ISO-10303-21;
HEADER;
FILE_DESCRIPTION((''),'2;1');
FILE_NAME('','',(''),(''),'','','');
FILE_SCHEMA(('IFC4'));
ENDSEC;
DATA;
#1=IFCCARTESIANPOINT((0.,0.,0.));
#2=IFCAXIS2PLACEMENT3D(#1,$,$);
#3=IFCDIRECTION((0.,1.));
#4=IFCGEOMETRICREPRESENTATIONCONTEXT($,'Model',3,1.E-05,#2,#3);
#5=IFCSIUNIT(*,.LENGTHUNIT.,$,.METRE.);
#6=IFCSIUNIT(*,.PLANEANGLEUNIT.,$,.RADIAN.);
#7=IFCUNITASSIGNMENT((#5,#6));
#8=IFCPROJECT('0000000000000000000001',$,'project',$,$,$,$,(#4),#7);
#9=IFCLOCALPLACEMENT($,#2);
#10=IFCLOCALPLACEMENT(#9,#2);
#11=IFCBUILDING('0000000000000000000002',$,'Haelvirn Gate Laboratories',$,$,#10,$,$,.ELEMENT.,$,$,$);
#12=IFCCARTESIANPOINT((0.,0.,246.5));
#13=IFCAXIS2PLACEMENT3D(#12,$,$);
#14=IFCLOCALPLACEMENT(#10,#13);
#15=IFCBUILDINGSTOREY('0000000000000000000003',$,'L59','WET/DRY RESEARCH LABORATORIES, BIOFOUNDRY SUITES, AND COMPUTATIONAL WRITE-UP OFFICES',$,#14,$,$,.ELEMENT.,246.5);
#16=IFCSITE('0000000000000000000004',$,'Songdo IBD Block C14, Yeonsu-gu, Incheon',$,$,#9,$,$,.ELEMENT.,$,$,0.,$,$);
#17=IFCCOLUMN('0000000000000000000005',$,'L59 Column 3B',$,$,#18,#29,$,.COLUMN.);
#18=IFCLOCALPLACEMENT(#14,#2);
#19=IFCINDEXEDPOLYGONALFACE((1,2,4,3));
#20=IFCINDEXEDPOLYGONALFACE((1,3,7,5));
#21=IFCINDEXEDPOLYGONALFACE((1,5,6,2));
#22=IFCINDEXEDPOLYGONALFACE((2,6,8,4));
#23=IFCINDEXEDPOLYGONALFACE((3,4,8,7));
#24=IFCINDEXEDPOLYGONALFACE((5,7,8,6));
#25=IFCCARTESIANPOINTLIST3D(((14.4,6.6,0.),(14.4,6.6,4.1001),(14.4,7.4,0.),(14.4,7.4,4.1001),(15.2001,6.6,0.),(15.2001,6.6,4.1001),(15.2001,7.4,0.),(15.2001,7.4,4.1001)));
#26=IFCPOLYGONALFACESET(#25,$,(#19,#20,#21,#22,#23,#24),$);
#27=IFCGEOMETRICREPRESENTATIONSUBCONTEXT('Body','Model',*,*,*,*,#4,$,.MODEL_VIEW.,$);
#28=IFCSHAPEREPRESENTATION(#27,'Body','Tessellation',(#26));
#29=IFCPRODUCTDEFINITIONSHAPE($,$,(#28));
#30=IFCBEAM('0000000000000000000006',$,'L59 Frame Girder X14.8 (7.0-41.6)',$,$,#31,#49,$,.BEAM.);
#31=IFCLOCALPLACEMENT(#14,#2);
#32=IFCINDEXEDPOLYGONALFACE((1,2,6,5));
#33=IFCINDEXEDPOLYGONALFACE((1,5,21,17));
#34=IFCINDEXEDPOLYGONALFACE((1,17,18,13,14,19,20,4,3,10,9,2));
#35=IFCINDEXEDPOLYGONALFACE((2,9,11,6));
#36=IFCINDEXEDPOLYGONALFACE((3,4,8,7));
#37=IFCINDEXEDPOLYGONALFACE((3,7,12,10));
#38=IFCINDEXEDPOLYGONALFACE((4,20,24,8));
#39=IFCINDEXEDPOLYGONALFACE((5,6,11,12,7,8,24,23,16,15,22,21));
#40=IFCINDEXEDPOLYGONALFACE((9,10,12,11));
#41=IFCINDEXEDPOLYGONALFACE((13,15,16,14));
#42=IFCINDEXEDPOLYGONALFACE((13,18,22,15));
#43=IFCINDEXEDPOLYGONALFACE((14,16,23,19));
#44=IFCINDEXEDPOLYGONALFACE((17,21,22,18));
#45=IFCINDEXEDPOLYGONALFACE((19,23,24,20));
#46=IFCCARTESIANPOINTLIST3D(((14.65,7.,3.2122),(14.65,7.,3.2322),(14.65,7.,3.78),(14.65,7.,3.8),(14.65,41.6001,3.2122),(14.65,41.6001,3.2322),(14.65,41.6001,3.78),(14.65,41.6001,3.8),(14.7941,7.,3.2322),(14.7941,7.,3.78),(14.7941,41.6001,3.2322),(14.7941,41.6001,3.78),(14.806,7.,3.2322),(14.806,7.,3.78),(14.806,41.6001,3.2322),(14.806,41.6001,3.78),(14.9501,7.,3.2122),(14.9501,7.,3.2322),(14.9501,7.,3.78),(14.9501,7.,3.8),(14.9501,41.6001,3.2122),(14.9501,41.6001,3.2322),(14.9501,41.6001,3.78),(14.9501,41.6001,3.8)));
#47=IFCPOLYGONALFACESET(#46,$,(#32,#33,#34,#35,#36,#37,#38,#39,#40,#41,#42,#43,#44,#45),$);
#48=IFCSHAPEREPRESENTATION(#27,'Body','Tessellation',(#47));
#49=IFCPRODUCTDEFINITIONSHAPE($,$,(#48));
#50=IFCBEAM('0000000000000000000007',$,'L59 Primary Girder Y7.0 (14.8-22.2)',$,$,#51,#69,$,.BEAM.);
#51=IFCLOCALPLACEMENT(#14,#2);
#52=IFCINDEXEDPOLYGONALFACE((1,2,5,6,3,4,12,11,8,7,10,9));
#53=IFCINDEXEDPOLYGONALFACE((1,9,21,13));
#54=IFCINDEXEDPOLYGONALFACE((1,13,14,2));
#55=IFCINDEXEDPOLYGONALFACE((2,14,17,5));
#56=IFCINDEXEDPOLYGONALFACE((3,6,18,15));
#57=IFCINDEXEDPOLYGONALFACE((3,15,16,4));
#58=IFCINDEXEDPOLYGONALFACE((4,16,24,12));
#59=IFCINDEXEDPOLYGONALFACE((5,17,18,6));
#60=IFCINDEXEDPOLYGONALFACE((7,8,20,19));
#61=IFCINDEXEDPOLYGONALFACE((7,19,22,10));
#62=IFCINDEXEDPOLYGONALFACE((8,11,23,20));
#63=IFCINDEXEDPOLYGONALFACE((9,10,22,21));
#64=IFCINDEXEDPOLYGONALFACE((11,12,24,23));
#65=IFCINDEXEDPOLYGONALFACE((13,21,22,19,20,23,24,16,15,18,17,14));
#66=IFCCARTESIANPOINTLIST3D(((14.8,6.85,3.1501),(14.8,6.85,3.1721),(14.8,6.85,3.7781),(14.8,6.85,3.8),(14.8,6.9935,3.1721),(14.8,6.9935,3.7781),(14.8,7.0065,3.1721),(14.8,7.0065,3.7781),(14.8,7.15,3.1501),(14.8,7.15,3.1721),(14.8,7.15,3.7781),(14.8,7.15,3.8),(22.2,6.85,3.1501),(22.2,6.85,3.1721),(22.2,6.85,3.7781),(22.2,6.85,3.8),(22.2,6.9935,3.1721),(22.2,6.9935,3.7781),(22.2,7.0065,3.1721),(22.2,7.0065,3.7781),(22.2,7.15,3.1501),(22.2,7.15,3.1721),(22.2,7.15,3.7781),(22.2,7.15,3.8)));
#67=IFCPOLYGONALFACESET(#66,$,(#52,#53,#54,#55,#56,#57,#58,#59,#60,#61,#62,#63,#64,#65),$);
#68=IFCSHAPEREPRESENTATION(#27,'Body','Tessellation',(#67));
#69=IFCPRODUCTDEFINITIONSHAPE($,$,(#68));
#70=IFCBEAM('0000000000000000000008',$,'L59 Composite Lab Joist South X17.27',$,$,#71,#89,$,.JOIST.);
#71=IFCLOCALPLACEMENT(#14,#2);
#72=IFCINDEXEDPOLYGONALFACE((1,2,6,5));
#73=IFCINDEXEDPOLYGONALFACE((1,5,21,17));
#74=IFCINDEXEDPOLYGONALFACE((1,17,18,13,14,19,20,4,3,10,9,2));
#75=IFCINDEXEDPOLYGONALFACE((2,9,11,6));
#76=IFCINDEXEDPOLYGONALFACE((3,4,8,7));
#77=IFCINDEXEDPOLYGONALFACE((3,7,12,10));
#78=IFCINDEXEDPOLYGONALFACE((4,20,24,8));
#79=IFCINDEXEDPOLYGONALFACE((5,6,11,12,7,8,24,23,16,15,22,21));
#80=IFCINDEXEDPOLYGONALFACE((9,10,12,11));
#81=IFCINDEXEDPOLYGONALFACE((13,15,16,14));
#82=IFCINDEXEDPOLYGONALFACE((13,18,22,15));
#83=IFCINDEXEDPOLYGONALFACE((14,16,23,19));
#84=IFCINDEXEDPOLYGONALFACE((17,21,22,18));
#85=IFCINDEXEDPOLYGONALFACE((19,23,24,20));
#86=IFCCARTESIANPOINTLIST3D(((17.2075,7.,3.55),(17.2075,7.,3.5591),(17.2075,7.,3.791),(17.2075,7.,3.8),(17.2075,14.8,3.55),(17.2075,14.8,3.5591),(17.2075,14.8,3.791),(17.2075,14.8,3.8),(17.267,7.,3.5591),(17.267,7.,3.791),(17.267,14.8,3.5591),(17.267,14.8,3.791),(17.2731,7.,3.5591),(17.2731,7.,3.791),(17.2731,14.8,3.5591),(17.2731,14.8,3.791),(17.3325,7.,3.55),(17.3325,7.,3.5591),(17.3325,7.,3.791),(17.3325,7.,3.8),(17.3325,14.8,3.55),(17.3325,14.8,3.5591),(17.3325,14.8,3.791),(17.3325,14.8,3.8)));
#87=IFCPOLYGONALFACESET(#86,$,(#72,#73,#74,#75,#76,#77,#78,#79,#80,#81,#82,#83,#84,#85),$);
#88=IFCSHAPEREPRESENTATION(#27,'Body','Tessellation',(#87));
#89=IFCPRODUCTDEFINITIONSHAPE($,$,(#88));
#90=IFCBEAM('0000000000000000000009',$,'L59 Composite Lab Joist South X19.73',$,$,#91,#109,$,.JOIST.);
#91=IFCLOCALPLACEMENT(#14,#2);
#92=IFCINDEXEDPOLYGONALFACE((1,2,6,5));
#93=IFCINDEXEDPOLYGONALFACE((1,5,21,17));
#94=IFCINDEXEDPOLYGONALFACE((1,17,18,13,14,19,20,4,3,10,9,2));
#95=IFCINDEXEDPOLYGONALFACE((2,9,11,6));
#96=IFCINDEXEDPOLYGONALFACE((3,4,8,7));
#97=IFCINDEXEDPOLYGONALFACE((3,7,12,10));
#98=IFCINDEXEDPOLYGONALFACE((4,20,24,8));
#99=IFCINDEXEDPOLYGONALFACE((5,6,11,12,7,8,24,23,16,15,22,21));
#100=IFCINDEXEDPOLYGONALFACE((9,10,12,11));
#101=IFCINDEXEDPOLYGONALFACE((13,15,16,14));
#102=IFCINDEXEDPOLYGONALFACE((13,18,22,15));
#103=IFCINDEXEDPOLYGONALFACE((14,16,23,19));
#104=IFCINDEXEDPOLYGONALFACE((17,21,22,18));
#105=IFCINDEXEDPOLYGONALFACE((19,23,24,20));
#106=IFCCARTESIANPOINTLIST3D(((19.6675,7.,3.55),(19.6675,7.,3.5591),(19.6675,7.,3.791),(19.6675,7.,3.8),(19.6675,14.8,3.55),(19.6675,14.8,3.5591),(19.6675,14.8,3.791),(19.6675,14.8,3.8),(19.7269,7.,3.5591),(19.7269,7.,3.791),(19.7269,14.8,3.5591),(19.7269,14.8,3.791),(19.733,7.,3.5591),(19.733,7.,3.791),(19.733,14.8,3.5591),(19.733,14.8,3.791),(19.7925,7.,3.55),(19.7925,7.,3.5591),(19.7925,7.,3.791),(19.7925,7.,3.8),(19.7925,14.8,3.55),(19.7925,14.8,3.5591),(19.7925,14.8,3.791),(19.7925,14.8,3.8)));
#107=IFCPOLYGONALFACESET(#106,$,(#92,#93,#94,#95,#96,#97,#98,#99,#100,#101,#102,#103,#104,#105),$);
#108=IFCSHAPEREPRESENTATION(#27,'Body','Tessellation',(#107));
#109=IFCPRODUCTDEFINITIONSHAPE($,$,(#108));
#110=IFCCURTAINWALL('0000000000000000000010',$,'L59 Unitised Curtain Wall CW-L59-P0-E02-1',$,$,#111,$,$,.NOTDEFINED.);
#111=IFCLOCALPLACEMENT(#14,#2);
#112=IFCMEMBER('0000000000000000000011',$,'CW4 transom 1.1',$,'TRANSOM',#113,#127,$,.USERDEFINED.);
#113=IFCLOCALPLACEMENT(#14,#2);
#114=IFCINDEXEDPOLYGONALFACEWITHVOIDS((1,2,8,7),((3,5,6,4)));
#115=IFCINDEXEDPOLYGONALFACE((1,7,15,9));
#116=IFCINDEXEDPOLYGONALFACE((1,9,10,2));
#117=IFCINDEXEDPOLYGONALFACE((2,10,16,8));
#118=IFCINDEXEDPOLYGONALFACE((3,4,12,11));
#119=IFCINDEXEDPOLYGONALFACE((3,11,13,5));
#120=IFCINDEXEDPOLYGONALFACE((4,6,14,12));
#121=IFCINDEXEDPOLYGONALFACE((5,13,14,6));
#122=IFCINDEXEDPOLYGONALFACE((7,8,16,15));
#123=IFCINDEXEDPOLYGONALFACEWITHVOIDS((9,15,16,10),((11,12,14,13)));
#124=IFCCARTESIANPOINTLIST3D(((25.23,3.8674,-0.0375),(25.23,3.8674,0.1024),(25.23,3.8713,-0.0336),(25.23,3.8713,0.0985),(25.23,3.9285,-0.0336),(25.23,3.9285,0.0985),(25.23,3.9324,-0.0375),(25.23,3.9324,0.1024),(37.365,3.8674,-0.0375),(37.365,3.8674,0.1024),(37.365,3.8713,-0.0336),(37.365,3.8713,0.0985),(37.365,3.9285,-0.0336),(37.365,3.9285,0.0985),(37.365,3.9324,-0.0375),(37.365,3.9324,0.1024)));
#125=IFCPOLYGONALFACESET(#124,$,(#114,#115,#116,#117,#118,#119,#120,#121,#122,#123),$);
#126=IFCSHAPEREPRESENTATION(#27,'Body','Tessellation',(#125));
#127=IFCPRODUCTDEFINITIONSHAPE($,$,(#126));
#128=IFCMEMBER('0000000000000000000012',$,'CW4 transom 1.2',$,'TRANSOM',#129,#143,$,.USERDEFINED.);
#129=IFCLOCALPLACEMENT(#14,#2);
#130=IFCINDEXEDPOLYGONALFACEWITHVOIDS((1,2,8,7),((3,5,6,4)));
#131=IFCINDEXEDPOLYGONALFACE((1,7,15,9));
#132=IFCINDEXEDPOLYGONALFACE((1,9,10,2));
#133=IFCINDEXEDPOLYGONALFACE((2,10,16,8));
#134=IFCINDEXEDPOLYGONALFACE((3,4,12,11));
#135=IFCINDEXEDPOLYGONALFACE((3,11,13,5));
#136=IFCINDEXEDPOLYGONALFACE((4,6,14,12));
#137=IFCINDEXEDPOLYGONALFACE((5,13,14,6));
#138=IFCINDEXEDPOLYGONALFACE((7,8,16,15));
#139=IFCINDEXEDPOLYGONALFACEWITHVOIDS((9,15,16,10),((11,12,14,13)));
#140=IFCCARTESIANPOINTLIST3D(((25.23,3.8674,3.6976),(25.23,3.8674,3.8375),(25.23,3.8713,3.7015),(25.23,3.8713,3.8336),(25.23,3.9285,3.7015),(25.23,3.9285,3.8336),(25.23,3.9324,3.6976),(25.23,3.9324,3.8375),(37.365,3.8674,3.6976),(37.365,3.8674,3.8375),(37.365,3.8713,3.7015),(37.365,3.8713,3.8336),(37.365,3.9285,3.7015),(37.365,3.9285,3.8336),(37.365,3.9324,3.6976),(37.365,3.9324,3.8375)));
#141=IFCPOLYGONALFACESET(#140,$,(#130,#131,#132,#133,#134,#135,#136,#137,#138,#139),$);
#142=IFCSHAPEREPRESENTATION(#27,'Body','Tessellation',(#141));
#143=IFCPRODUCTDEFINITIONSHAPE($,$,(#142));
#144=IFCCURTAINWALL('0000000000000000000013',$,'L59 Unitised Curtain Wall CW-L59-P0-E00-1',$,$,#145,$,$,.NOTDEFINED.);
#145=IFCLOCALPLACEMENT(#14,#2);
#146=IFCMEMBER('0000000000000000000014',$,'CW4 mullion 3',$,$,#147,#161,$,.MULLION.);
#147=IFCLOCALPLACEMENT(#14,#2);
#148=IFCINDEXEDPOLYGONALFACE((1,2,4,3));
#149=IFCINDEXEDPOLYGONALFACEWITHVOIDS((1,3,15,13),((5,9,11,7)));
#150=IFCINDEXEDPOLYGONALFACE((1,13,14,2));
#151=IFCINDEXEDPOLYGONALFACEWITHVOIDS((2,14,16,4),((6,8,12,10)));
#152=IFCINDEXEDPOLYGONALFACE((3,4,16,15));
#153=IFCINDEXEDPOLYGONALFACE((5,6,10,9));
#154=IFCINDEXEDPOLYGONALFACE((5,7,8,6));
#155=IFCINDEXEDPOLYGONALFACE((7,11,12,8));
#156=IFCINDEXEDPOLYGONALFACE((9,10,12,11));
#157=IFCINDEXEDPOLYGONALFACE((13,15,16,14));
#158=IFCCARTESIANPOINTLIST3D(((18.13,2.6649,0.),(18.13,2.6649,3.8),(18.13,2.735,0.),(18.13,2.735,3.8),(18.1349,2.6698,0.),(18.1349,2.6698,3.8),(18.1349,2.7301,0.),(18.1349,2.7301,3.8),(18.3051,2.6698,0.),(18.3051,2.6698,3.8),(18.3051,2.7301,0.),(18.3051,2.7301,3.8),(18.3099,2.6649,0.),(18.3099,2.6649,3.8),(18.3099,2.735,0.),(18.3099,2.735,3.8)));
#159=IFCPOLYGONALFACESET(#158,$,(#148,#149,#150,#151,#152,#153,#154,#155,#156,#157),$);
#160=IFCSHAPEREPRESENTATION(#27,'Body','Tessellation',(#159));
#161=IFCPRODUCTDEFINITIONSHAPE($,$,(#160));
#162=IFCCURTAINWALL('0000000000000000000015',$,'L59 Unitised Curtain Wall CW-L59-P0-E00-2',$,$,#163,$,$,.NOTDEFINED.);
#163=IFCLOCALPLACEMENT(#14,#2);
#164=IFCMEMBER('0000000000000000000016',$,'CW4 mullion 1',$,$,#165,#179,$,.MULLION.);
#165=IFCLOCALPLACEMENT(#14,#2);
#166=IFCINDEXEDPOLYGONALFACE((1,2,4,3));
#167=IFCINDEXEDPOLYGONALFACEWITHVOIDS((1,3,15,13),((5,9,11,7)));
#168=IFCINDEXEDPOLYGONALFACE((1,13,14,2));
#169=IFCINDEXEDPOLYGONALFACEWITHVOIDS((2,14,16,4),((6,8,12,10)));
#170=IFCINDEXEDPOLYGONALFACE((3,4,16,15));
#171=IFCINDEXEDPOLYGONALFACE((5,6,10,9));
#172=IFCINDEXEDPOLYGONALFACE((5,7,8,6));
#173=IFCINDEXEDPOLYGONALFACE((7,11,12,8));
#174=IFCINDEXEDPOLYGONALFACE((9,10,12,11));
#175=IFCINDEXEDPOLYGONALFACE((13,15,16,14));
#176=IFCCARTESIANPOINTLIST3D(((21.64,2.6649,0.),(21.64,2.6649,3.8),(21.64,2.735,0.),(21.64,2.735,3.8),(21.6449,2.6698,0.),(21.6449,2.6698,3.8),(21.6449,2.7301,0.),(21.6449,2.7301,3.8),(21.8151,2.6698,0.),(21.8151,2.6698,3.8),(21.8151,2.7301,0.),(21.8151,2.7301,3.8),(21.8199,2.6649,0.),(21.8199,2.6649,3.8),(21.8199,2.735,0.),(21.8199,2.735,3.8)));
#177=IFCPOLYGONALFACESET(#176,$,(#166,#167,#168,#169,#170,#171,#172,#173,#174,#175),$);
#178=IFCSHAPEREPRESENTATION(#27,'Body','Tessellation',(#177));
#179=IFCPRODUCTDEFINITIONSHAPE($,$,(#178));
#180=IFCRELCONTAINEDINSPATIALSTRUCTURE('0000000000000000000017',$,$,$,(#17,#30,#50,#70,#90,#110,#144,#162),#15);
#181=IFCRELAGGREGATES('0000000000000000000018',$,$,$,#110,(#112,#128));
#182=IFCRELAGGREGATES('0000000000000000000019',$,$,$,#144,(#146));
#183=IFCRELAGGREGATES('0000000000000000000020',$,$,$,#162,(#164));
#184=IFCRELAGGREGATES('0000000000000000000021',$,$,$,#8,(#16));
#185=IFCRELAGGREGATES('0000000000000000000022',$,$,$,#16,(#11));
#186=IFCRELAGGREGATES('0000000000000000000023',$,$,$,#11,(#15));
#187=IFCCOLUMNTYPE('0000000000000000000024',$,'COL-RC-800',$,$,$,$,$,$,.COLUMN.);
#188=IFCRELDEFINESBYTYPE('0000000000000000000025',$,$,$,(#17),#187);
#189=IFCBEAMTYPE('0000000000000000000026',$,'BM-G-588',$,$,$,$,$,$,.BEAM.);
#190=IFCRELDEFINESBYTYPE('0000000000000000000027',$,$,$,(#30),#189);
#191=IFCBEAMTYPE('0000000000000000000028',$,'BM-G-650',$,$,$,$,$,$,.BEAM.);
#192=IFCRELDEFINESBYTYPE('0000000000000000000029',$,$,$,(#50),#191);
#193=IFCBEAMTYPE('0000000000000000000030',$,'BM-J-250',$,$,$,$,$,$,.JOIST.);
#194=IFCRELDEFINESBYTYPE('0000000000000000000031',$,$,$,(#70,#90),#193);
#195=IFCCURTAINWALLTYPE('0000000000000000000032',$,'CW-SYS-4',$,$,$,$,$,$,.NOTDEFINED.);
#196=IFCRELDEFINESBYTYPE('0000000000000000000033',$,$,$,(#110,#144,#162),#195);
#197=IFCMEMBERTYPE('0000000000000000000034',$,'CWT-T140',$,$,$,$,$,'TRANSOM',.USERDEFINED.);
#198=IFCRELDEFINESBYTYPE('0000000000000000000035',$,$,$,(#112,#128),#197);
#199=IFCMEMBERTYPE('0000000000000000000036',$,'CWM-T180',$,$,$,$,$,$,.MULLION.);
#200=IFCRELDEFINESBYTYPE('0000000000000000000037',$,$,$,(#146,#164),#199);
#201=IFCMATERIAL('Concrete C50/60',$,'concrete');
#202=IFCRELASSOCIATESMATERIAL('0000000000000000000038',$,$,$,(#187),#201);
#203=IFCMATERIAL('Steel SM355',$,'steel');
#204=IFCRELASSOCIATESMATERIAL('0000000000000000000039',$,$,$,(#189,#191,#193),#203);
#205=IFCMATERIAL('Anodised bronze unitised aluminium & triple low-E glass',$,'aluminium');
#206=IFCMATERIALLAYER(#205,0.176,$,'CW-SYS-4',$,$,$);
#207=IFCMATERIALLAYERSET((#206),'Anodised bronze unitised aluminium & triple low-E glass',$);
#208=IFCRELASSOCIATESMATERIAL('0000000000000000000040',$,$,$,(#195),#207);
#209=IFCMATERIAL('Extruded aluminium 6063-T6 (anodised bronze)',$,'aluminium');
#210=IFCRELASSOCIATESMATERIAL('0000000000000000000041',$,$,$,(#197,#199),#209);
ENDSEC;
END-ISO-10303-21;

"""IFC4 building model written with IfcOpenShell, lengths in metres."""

from ifc_helpers import new_model, si_unit, direction, frame, origin, origin_2d, place, context, subcontext, project, spatial, rectangle, hollow_rectangle, i_section, extrude, source, transform, mapped, material, layer, layer_set, material_profile, profile_set, type_object, type_shapes, element, aggregate, save


model = new_model("IFC4")

# Units and contexts
model_context = context("Model", 3, precision=1e-05, world=origin(), true_north=direction((0.0, 1.0)))
body_context = subcontext(model_context, "Body", "Model", "MODEL_VIEW")
ifc_project = project(units=[si_unit("LENGTHUNIT", "METRE"), si_unit("PLANEANGLEUNIT", "RADIAN")], contexts=[model_context])

# Site, building, storey
site_placement = place(None, origin())
site = spatial("IfcSite", under=ifc_project, at=site_placement, Name="Songdo IBD Block C14, Yeonsu-gu, Incheon", CompositionType="ELEMENT", RefElevation=0.0)
building_placement = place(site_placement, origin())
building = spatial("IfcBuilding", under=site, at=building_placement, Name="Haelvirn Gate Laboratories", CompositionType="ELEMENT")
storey_placement = place(building_placement, frame((0.0, 0.0, 246.5)))
storey = spatial("IfcBuildingStorey", under=building, at=storey_placement, Name="L59", Description="WET/DRY RESEARCH LABORATORIES, BIOFOUNDRY SUITES, AND COMPUTATIONAL WRITE-UP OFFICES", CompositionType="ELEMENT", Elevation=246.5)

# Column
ifc_material_1 = material(Name="Concrete C50/60", Category="concrete")
ifc_material_profile_1 = material_profile(ifc_material_1, rectangle(XDim=0.8, YDim=0.8, at=origin_2d()), Name="RC-800x800")
ifc_profile_set_1 = profile_set([ifc_material_profile_1], Name="Concrete C50/60")
column_type = type_object("IfcColumnType", Name="COL-RC-800", PredefinedType="COLUMN", material=ifc_profile_set_1)
shared_shape_1 = source(origin(), body_context, "Body", "SweptSolid", [
    extrude(rectangle(XDim=0.8, YDim=0.8, at=origin_2d()), origin(), (0.0, 0.0, 1.0), 4.1001),
])
type_shapes(column_type, [shared_shape_1])
column_placement = place(storey_placement, frame((14.8, 7.0, 0.0), z_axis=(0.0, 0.0, 1.0), x_axis=(1.0, 0.0, 0.0)))
element("IfcColumn", 1, at=column_placement, inside=storey, type_object=column_type, Name="L59 Column 3B", PredefinedType="COLUMN", context=body_context, shape_type="MappedRepresentation", body=[
    mapped(shared_shape_1, transform((0.0, 0.0, 0.0), scale=1.0)),
])

# Beams
ifc_material_2 = material(Name="Steel SM355", Category="steel")
ifc_material_profile_2 = material_profile(ifc_material_2, i_section(OverallWidth=0.3, OverallDepth=0.5879, WebThickness=0.012, FlangeThickness=0.02, at=origin_2d()), Name="H-588x300x12x20")
ifc_profile_set_2 = profile_set([ifc_material_profile_2], Name="Steel SM355")
beam_type_1 = type_object("IfcBeamType", Name="BM-G-588", PredefinedType="BEAM", material=ifc_profile_set_2)
shared_shape_2 = source(origin(), body_context, "Body", "SweptSolid", [
    extrude(i_section(OverallWidth=0.3, OverallDepth=0.5879, WebThickness=0.012, FlangeThickness=0.02, at=origin_2d()), origin(), (0.0, 0.0, 1.0), 34.6001),
])
type_shapes(beam_type_1, [shared_shape_2])
beam_1_placement = place(storey_placement, frame((14.8, 7.0, 3.5061), z_axis=(0.0, 1.0, 0.0), x_axis=(-1.0, 0.0, 0.0)))
element("IfcBeam", 2, at=beam_1_placement, inside=storey, type_object=beam_type_1, Name="L59 Frame Girder X14.8 (7.0-41.6)", PredefinedType="BEAM", context=body_context, shape_type="MappedRepresentation", body=[
    mapped(shared_shape_2, transform((0.0, 0.0, 0.0), scale=1.0)),
])
ifc_material_profile_3 = material_profile(ifc_material_2, i_section(OverallWidth=0.3, OverallDepth=0.6499, WebThickness=0.0129, FlangeThickness=0.022, at=origin_2d()), Name="H-650x300x13x22")
ifc_profile_set_3 = profile_set([ifc_material_profile_3], Name="Steel SM355")
beam_type_2 = type_object("IfcBeamType", Name="BM-G-650", PredefinedType="BEAM", material=ifc_profile_set_3)
shared_shape_3 = source(origin(), body_context, "Body", "SweptSolid", [
    extrude(i_section(OverallWidth=0.3, OverallDepth=0.6499, WebThickness=0.0129, FlangeThickness=0.022, at=origin_2d()), origin(), (0.0, 0.0, 1.0), 7.3999),
])
type_shapes(beam_type_2, [shared_shape_3])
beam_2_placement = place(storey_placement, frame((14.8, 7.0, 3.4751), z_axis=(1.0, 0.0, 0.0), x_axis=(0.0, 1.0, 0.0)))
element("IfcBeam", 3, at=beam_2_placement, inside=storey, type_object=beam_type_2, Name="L59 Primary Girder Y7.0 (14.8-22.2)", PredefinedType="BEAM", context=body_context, shape_type="MappedRepresentation", body=[
    mapped(shared_shape_3, transform((0.0, 0.0, 0.0), scale=1.0)),
])
ifc_material_profile_4 = material_profile(ifc_material_2, i_section(OverallWidth=0.125, OverallDepth=0.25, WebThickness=0.0061, FlangeThickness=0.009, at=origin_2d()), Name="H-250x125x6x9")
ifc_profile_set_4 = profile_set([ifc_material_profile_4], Name="Steel SM355")
beam_type_3 = type_object("IfcBeamType", Name="BM-J-250", PredefinedType="JOIST", material=ifc_profile_set_4)
shared_shape_4 = source(origin(), body_context, "Body", "SweptSolid", [
    extrude(i_section(OverallWidth=0.125, OverallDepth=0.25, WebThickness=0.0061, FlangeThickness=0.009, at=origin_2d()), origin(), (0.0, 0.0, 1.0), 7.8),
])
type_shapes(beam_type_3, [shared_shape_4])
for number, where, z_axis, x_axis, name in (
    (4, (17.27, 7.0, 3.675), (0.0, 1.0, 0.0), (-1.0, 0.0, 0.0), "L59 Composite Lab Joist South X17.27"),
    (5, (19.73, 7.0, 3.675), (0.0, 1.0, 0.0), (-1.0, 0.0, 0.0), "L59 Composite Lab Joist South X19.73"),
):
    element("IfcBeam", number, at=place(storey_placement, frame(where, z_axis=z_axis, x_axis=x_axis)), inside=storey, type_object=beam_type_3, Name=name, PredefinedType="JOIST", context=body_context, shape_type="MappedRepresentation", body=[
        mapped(shared_shape_4, transform((0.0, 0.0, 0.0), scale=1.0)),
    ])

# Curtain wall, members
ifc_material_3 = material(Name="Anodised bronze unitised aluminium & triple low-E glass", Category="aluminium")
ifc_layer_1 = layer(ifc_material_3, 0.176, Name="CW-SYS-4")
ifc_layer_set_1 = layer_set([ifc_layer_1], Name="Anodised bronze unitised aluminium & triple low-E glass")
curtain_wall_type = type_object("IfcCurtainWallType", Name="CW-SYS-4", PredefinedType="NOTDEFINED", material=ifc_layer_set_1)
curtain_wall_1_placement = place(storey_placement, origin())
curtain_wall_1 = element("IfcCurtainWall", 6, at=curtain_wall_1_placement, inside=storey, type_object=curtain_wall_type, Name="L59 Unitised Curtain Wall CW-L59-P0-E02-1", PredefinedType="NOTDEFINED")
ifc_material_4 = material(Name="Extruded aluminium 6063-T6 (anodised bronze)", Category="aluminium")
ifc_material_profile_5 = material_profile(ifc_material_4, hollow_rectangle(XDim=0.0649, YDim=0.1399, WallThickness=0.0039, at=origin_2d()), Name="CWT-140x65x4")
ifc_profile_set_5 = profile_set([ifc_material_profile_5], Name="Extruded aluminium 6063-T6 (anodised bronze)")
member_type_1 = type_object("IfcMemberType", Name="CWT-T140", ElementType="TRANSOM", PredefinedType="USERDEFINED", material=ifc_profile_set_5)
shared_shape_5 = source(origin(), body_context, "Body", "SweptSolid", [
    extrude(hollow_rectangle(XDim=0.0649, YDim=0.1399, WallThickness=0.0039, at=origin_2d()), origin(), (0.0, 0.0, 1.0), 12.135),
])
member_1_placement = place(storey_placement, frame((25.23, 3.8999, 0.0325), z_axis=(1.0, 0.0, 0.0), x_axis=(0.0, 1.0, 0.0)))
member_1 = element("IfcMember", 7, at=member_1_placement, type_object=member_type_1, Name="CW4 transom 1.1", ObjectType="TRANSOM", PredefinedType="USERDEFINED", context=body_context, shape_type="MappedRepresentation", body=[
    mapped(shared_shape_5, transform((0.0, 0.0, 0.0), scale=1.0)),
])
member_2_placement = place(storey_placement, frame((25.23, 3.8999, 3.7676), z_axis=(1.0, 0.0, 0.0), x_axis=(0.0, 1.0, 0.0)))
member_2 = element("IfcMember", 8, at=member_2_placement, type_object=member_type_1, Name="CW4 transom 1.2", ObjectType="TRANSOM", PredefinedType="USERDEFINED", context=body_context, shape_type="MappedRepresentation", body=[
    mapped(shared_shape_5, transform((0.0, 0.0, 0.0), scale=1.0)),
])

# Curtain wall, member
curtain_wall_2_placement = place(storey_placement, origin())
curtain_wall_2 = element("IfcCurtainWall", 9, at=curtain_wall_2_placement, inside=storey, type_object=curtain_wall_type, Name="L59 Unitised Curtain Wall CW-L59-P0-E00-1", PredefinedType="NOTDEFINED")
ifc_material_profile_6 = material_profile(ifc_material_4, hollow_rectangle(XDim=0.0701, YDim=0.1799, WallThickness=0.0049, at=origin_2d()), Name="CWM-180x70x5")
ifc_profile_set_6 = profile_set([ifc_material_profile_6], Name="Extruded aluminium 6063-T6 (anodised bronze)")
member_type_2 = type_object("IfcMemberType", Name="CWM-T180", PredefinedType="MULLION", material=ifc_profile_set_6)
shared_shape_6 = source(origin(), body_context, "Body", "SweptSolid", [
    extrude(hollow_rectangle(XDim=0.0701, YDim=0.1799, WallThickness=0.0049, at=origin_2d()), origin(), (0.0, 0.0, 1.0), 3.8),
])
type_shapes(member_type_2, [shared_shape_6])
member_3_placement = place(storey_placement, frame((18.22, 2.7, 0.0), z_axis=(0.0, 0.0, 1.0), x_axis=(0.0, 1.0, 0.0)))
member_3 = element("IfcMember", 10, at=member_3_placement, type_object=member_type_2, Name="CW4 mullion 3", PredefinedType="MULLION", context=body_context, shape_type="MappedRepresentation", body=[
    mapped(shared_shape_6, transform((0.0, 0.0, 0.0), scale=1.0)),
])

# Curtain wall, member
curtain_wall_3_placement = place(storey_placement, origin())
curtain_wall_3 = element("IfcCurtainWall", 11, at=curtain_wall_3_placement, inside=storey, type_object=curtain_wall_type, Name="L59 Unitised Curtain Wall CW-L59-P0-E00-2", PredefinedType="NOTDEFINED")
member_4_placement = place(storey_placement, frame((21.73, 2.7, 0.0), z_axis=(0.0, 0.0, 1.0), x_axis=(0.0, 1.0, 0.0)))
member_4 = element("IfcMember", 12, at=member_4_placement, type_object=member_type_2, Name="CW4 mullion 1", PredefinedType="MULLION", context=body_context, shape_type="MappedRepresentation", body=[
    mapped(shared_shape_6, transform((0.0, 0.0, 0.0), scale=1.0)),
])

aggregate(curtain_wall_1, [member_1, member_2])
aggregate(curtain_wall_2, [member_3])
aggregate(curtain_wall_3, [member_4])

save(model, "model.ifc")
